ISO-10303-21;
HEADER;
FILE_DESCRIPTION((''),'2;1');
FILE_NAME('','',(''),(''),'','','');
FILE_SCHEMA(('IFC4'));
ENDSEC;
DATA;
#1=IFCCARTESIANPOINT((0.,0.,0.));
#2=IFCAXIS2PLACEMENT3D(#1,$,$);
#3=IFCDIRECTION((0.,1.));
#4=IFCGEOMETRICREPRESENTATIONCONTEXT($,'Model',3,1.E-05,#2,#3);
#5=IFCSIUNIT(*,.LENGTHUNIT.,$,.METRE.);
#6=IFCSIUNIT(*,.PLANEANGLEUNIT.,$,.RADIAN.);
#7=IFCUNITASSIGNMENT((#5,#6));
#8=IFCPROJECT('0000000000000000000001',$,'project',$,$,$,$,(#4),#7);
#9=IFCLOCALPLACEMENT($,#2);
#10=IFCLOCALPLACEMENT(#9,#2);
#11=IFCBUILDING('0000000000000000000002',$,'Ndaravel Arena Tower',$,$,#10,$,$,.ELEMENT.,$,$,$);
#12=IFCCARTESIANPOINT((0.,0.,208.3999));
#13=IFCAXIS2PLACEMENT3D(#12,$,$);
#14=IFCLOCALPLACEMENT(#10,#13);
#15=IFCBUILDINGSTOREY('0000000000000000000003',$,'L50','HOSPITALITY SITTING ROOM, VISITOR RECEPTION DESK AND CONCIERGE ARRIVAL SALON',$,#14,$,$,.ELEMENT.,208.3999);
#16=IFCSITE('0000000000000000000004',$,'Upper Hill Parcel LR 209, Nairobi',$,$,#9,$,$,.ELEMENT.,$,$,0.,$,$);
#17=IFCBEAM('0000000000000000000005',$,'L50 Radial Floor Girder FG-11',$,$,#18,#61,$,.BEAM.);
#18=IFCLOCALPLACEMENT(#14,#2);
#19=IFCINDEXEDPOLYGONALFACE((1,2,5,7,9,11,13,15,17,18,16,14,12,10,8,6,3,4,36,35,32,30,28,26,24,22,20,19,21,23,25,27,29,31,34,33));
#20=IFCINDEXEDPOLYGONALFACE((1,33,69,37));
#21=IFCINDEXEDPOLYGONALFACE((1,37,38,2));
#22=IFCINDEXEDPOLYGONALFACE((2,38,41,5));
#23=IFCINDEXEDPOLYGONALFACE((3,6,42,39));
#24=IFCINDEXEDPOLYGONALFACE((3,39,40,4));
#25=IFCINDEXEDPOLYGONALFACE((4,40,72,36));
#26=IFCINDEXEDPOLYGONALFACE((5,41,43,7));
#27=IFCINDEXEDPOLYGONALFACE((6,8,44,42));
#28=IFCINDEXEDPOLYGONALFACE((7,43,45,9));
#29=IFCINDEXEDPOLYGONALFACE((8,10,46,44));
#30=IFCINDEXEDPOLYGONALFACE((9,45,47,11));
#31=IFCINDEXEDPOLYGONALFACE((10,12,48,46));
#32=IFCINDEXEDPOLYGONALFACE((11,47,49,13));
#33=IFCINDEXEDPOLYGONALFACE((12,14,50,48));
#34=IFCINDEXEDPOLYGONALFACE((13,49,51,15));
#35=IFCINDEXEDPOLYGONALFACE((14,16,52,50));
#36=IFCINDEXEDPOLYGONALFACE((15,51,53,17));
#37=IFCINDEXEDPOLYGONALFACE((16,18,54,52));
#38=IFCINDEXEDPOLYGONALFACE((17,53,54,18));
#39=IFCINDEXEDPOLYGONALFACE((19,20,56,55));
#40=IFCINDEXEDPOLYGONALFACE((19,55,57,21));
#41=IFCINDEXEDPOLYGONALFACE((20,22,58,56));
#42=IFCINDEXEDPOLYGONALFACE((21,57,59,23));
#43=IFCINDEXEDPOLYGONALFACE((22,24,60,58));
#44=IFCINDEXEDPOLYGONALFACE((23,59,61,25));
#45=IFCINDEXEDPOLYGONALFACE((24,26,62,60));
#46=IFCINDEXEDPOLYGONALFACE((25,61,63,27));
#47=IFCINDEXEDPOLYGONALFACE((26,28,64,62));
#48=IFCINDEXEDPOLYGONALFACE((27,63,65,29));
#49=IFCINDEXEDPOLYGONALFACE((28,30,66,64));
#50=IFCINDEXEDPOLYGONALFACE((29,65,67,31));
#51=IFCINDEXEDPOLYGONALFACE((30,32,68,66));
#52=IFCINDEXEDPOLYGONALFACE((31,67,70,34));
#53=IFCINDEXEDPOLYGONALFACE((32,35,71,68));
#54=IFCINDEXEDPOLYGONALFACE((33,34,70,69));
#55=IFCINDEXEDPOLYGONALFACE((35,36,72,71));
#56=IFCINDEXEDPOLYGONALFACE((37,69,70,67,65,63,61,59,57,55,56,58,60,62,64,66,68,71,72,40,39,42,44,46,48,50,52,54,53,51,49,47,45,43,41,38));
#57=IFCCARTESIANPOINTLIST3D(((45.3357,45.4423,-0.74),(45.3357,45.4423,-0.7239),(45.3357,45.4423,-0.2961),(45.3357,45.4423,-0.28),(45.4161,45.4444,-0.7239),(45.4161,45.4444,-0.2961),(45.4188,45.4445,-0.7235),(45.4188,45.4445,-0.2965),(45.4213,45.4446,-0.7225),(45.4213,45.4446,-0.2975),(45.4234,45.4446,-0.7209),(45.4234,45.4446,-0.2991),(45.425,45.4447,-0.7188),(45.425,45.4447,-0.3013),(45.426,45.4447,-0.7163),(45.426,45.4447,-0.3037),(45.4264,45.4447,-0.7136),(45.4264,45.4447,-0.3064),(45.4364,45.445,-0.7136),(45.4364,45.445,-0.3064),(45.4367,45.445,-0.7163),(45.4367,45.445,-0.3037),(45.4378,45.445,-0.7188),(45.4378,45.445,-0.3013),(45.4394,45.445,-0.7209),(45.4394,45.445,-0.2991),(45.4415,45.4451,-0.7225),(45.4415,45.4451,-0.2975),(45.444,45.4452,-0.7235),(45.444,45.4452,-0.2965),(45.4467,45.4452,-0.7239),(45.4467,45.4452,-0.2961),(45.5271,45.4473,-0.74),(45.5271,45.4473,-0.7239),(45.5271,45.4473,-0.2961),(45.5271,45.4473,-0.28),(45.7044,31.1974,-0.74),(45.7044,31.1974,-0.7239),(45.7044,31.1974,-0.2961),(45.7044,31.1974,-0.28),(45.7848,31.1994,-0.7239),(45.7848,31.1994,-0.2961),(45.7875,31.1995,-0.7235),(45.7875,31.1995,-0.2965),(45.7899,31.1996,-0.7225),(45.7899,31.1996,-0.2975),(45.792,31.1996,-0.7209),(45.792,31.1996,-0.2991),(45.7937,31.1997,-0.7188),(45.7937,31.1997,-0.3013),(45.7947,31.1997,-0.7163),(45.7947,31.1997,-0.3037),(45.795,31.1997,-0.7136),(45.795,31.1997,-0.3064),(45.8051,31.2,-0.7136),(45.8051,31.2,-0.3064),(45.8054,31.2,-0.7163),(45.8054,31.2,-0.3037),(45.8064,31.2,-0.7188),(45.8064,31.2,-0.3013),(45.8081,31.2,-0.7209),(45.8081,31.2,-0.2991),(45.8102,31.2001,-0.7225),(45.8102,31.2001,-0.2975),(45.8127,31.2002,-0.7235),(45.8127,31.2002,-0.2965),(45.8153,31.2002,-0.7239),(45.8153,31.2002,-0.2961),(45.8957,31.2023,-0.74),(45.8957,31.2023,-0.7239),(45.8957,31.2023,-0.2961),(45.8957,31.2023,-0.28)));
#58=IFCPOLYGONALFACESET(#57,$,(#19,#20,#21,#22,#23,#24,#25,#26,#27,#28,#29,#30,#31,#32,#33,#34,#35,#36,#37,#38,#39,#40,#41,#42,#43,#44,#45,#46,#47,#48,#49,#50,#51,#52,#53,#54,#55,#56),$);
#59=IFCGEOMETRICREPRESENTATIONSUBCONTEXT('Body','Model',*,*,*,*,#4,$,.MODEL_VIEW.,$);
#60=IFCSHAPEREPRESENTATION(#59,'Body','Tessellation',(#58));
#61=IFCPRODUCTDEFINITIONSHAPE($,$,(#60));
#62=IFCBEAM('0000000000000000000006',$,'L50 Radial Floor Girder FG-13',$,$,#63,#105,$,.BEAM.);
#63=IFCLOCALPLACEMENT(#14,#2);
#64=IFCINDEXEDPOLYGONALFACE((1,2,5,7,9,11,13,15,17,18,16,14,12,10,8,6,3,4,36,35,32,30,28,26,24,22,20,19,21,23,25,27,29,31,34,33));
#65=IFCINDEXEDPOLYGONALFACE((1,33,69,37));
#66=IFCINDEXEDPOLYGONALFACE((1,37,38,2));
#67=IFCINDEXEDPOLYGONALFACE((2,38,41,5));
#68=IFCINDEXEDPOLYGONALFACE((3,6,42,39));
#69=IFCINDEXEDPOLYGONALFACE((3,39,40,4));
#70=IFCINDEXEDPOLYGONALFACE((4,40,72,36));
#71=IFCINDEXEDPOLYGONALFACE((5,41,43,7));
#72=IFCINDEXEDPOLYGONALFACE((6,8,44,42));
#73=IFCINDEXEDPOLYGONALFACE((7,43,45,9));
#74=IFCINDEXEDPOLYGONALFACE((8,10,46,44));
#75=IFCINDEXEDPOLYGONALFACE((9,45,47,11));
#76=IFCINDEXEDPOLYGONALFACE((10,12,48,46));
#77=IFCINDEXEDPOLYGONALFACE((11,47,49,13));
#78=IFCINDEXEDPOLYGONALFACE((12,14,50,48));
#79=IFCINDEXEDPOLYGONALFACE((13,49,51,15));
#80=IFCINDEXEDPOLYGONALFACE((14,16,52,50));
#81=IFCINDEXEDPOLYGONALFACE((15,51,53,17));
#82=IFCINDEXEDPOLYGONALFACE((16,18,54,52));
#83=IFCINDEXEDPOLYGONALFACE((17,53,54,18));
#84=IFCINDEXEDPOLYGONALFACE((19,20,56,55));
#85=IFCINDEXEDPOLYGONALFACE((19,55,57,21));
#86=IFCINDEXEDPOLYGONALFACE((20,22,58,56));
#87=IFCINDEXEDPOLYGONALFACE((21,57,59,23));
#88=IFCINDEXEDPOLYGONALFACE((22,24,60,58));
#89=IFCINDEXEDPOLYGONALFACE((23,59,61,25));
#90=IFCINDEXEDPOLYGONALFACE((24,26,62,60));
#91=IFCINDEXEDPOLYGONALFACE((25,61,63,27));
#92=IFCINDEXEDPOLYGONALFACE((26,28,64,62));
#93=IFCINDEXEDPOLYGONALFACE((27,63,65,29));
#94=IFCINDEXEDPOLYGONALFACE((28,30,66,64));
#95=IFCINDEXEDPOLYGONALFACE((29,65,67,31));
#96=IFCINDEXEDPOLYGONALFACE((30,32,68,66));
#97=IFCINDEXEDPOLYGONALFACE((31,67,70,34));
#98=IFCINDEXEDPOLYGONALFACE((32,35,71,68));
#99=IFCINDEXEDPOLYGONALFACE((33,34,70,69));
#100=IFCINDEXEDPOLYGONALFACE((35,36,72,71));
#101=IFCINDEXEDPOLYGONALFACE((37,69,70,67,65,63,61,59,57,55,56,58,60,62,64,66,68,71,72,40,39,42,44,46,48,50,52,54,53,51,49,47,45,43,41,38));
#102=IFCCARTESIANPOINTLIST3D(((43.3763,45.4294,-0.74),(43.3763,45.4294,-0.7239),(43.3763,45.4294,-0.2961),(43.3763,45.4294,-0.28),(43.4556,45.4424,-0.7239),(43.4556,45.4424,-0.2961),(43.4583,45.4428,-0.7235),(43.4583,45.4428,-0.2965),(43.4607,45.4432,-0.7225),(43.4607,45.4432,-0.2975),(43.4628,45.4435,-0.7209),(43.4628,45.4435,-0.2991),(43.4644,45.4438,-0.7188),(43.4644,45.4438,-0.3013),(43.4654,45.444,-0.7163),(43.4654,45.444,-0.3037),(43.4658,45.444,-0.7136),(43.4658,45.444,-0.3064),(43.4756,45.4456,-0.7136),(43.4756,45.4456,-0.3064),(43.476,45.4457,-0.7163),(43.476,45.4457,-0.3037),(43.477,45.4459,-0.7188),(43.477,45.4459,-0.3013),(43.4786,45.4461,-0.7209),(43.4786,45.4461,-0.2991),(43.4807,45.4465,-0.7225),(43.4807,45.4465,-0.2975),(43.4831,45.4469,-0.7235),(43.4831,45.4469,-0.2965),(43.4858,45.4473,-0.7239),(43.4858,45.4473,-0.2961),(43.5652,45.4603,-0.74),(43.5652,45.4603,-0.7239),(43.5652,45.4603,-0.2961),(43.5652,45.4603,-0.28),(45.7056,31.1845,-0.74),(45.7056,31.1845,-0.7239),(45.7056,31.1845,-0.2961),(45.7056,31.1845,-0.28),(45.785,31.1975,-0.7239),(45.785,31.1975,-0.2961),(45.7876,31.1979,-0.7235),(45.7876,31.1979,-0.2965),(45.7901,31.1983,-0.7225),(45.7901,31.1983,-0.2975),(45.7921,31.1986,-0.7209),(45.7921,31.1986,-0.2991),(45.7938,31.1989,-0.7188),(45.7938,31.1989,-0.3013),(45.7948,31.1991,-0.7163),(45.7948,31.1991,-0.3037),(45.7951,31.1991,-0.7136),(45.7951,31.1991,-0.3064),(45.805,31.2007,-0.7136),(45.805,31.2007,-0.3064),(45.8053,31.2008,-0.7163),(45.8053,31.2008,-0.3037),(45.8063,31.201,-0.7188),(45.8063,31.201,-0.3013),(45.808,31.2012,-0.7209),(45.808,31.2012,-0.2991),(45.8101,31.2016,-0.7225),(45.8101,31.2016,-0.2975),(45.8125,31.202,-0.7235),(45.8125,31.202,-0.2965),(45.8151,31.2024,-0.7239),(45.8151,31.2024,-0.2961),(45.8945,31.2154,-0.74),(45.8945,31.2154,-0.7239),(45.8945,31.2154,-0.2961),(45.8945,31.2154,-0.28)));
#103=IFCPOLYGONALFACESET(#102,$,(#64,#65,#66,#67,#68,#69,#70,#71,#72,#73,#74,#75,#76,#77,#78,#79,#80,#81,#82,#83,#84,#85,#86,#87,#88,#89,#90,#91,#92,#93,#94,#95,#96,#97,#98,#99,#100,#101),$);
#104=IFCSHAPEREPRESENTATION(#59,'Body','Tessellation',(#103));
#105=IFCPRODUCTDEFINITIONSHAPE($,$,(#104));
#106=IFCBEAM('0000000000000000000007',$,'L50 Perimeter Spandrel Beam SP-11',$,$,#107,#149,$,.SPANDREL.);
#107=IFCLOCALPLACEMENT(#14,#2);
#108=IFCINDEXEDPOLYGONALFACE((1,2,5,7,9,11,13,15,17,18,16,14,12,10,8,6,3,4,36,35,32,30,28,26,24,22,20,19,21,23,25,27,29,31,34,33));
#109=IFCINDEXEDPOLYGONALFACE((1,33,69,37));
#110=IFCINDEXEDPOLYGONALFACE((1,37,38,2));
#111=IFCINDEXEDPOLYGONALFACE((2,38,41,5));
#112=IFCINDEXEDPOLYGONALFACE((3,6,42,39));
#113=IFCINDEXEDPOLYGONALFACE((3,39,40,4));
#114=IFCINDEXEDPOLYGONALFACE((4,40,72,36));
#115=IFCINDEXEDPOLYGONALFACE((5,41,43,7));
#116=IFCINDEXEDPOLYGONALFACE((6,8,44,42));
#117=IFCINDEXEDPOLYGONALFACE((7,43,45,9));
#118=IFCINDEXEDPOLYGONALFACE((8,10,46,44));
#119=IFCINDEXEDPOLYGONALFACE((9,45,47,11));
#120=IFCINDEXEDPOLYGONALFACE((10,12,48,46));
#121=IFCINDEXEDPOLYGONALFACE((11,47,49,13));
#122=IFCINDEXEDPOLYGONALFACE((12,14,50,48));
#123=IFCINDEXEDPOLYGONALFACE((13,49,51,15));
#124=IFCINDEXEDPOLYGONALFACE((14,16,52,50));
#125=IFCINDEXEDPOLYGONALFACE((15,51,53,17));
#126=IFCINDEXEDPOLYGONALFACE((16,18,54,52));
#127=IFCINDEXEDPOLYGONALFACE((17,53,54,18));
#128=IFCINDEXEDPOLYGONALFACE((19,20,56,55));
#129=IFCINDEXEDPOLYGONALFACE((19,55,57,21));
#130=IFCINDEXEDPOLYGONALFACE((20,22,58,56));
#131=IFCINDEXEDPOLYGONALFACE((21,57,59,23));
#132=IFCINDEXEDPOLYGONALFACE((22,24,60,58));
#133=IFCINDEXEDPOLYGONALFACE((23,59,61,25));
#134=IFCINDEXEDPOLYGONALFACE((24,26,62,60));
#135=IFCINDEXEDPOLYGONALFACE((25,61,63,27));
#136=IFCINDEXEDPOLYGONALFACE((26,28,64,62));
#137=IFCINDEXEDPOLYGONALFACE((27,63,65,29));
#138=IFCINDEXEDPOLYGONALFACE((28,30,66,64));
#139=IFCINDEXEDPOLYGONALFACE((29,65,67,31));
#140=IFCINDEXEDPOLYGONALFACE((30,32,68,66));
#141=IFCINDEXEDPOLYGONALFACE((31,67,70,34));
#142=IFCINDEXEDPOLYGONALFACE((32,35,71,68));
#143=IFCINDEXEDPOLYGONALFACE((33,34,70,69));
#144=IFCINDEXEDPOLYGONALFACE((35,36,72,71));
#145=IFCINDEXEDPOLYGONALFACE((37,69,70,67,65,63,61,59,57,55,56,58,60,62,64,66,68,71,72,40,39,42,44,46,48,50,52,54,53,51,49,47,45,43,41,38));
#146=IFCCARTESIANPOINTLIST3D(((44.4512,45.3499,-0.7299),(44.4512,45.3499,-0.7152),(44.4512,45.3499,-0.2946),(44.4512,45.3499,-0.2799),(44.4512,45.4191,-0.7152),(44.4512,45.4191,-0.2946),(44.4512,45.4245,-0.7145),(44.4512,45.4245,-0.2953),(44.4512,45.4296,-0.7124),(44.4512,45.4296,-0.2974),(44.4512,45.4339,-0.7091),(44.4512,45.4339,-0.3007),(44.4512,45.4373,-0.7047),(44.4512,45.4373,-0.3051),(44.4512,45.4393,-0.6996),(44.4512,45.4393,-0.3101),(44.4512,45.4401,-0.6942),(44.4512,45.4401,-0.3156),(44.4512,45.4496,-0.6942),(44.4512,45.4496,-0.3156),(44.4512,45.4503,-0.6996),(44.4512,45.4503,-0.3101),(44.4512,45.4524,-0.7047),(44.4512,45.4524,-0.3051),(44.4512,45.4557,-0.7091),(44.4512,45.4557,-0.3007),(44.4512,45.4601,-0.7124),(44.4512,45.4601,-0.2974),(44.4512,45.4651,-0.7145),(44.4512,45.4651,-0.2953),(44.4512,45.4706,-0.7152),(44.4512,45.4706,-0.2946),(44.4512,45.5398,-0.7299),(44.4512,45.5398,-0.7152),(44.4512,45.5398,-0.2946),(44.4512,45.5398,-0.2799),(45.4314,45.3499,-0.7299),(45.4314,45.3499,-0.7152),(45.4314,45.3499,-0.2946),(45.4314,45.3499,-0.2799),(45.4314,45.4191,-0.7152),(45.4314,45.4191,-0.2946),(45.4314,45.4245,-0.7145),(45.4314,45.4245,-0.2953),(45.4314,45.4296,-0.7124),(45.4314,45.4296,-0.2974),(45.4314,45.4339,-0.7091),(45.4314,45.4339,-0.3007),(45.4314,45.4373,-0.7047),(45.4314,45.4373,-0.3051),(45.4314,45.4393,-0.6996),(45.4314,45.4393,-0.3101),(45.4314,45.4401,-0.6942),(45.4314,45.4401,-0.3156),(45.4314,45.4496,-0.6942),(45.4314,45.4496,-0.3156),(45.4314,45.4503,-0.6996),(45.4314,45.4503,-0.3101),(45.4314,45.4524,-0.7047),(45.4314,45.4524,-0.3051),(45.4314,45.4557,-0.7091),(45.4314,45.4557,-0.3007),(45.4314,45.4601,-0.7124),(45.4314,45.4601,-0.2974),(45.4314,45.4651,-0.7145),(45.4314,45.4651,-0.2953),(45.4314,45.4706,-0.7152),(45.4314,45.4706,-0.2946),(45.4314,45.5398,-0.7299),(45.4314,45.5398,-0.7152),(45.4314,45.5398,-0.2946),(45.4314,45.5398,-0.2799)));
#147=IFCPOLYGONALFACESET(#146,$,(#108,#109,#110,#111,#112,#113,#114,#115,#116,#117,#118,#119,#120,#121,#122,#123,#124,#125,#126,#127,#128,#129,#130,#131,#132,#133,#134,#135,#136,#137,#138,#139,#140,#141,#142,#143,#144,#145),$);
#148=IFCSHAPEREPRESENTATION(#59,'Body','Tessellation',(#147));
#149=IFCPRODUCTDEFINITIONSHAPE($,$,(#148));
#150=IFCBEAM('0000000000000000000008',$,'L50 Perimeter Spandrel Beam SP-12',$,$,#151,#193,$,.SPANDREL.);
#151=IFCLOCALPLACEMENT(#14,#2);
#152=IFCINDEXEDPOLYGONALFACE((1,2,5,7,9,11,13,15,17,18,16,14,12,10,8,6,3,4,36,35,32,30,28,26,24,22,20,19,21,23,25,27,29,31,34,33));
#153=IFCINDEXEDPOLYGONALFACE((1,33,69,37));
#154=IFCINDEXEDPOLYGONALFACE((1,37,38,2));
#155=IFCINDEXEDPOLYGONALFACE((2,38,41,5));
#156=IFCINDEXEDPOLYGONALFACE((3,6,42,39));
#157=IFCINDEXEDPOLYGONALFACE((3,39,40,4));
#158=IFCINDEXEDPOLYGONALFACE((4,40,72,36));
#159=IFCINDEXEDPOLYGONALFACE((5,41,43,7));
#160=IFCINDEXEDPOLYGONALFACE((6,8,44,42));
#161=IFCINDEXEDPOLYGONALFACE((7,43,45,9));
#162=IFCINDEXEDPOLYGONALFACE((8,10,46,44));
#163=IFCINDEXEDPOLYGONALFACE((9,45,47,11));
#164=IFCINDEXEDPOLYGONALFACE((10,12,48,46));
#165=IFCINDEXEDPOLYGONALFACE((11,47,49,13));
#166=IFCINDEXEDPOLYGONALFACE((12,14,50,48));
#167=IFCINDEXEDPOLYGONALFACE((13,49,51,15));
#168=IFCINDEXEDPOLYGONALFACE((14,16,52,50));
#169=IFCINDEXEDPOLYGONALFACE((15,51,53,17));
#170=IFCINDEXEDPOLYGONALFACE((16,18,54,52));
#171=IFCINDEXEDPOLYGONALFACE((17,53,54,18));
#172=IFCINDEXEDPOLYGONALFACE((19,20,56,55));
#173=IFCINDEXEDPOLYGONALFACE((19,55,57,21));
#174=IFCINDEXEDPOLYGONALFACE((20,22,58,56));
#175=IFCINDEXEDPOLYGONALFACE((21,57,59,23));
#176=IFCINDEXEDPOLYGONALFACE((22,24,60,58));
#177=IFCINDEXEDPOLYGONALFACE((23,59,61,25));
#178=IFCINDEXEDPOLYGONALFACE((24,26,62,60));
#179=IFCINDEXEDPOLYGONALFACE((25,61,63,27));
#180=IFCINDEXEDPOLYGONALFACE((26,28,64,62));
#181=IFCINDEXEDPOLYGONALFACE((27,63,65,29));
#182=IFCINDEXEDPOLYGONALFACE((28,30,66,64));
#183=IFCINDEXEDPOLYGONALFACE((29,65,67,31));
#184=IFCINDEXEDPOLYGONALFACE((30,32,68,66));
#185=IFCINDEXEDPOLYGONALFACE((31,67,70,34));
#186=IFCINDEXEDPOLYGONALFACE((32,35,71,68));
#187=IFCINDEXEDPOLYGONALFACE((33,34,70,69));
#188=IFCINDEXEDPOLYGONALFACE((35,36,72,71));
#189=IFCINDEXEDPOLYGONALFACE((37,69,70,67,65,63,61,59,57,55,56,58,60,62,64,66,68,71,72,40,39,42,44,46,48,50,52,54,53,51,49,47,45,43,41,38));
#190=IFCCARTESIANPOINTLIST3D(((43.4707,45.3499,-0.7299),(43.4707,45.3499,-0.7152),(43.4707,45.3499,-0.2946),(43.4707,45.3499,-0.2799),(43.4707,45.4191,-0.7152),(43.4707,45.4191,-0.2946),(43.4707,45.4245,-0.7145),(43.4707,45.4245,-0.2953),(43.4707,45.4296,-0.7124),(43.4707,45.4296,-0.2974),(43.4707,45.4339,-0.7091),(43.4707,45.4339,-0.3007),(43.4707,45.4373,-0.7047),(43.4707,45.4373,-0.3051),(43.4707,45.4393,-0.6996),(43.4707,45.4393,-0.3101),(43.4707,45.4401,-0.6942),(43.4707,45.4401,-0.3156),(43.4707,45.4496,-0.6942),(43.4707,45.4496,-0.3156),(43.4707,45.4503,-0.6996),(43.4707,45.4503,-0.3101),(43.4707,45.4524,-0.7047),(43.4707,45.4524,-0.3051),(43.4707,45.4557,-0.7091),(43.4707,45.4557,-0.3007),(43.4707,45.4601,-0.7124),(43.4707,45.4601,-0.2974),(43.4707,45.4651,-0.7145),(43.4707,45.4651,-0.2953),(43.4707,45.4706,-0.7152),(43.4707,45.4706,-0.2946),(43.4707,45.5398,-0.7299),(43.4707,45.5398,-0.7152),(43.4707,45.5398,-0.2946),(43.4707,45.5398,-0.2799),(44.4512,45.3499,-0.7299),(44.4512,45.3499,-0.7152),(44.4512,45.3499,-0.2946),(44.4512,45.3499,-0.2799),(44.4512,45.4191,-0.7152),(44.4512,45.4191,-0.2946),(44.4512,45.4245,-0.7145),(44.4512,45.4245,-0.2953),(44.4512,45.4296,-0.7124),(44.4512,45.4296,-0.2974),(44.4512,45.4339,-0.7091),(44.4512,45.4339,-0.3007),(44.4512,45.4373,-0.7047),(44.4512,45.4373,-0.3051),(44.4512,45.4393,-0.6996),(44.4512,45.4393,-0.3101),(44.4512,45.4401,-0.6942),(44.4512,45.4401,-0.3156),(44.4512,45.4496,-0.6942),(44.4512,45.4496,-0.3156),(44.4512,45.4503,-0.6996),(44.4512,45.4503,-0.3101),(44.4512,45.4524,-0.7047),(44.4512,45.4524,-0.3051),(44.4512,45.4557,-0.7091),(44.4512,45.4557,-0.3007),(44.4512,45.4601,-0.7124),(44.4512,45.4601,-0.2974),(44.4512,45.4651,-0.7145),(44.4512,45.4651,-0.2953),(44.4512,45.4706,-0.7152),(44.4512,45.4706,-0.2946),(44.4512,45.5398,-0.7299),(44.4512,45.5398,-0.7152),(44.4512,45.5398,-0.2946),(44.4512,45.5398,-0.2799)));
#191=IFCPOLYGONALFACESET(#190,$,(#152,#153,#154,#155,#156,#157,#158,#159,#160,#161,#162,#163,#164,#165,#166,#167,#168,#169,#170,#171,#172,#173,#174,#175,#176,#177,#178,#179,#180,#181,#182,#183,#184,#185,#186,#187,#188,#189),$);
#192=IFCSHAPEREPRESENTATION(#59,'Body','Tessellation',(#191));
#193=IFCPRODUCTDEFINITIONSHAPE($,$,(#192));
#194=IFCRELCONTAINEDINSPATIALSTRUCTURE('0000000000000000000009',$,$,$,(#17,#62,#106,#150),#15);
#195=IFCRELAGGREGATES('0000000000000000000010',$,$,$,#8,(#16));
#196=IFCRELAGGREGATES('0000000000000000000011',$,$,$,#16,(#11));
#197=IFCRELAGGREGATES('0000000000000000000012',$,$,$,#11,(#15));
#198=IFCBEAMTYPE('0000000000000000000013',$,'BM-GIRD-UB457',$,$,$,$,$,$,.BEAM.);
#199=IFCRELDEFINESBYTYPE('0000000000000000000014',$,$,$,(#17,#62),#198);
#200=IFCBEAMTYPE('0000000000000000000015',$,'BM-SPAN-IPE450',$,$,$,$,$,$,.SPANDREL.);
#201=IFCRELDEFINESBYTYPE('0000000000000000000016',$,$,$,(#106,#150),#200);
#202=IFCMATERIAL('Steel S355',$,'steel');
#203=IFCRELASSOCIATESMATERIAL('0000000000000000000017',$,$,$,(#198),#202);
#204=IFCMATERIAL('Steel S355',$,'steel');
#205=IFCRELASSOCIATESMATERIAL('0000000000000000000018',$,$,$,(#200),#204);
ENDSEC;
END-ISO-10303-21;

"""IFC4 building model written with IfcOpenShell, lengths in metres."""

from ifc_helpers import new_model, si_unit, direction, frame, origin, origin_2d, place, context, subcontext, project, spatial, i_section, extrude, material, material_profile, profile_set, type_object, element, save


model = new_model("IFC4")

# Units and contexts
model_context = context("Model", 3, precision=1e-05, world=origin(), true_north=direction((0.0, 1.0)))
body_context = subcontext(model_context, "Body", "Model", "MODEL_VIEW")
ifc_project = project(units=[si_unit("LENGTHUNIT", "METRE"), si_unit("PLANEANGLEUNIT", "RADIAN")], contexts=[model_context])

# Site, building, storey
site_placement = place(None, origin())
site = spatial("IfcSite", under=ifc_project, at=site_placement, Name="Upper Hill Parcel LR 209, Nairobi", CompositionType="ELEMENT", RefElevation=0.0)
building_placement = place(site_placement, origin())
building = spatial("IfcBuilding", under=site, at=building_placement, Name="Ndaravel Arena Tower", CompositionType="ELEMENT")
storey_placement = place(building_placement, frame((0.0, 0.0, 208.3999)))
storey = spatial("IfcBuildingStorey", under=building, at=storey_placement, Name="L50", Description="HOSPITALITY SITTING ROOM, VISITOR RECEPTION DESK AND CONCIERGE ARRIVAL SALON", CompositionType="ELEMENT", Elevation=208.3999)

# Beams
ifc_material_1 = material(Name="Steel S355", Category="steel")
ifc_material_profile_1 = material_profile(ifc_material_1, i_section(OverallWidth=0.1914, OverallDepth=0.46, WebThickness=0.01, FlangeThickness=0.0161, FilletRadius=0.0103, at=origin_2d()), Name="UB 457x191x82")
ifc_profile_set_1 = profile_set([ifc_material_profile_1], Name="Steel S355")
beam_type_1 = type_object("IfcBeamType", Name="BM-GIRD-UB457", PredefinedType="BEAM", material=ifc_profile_set_1)
beam_1_placement = place(storey_placement, frame((45.4314, 45.4448, -0.51), z_axis=(0.025871, -0.999665, 0.0), x_axis=(0.999665, 0.025871, 0.0)))
element("IfcBeam", 1, at=beam_1_placement, inside=storey, type_object=beam_type_1, Name="L50 Radial Floor Girder FG-11", PredefinedType="BEAM", context=body_context, shape_type="SweptSolid", body=[
    extrude(i_section(OverallWidth=0.1914, OverallDepth=0.46, WebThickness=0.01, FlangeThickness=0.0161, FilletRadius=0.0103, at=origin_2d()), origin(), (0.0, 0.0, 1.0), 14.2498),
])
beam_2_placement = place(storey_placement, frame((43.4707, 45.4448, -0.51), z_axis=(0.161378, -0.986893, 0.0), x_axis=(0.986893, 0.161378, 0.0)))
element("IfcBeam", 2, at=beam_2_placement, inside=storey, type_object=beam_type_1, Name="L50 Radial Floor Girder FG-13", PredefinedType="BEAM", context=body_context, shape_type="SweptSolid", body=[
    extrude(i_section(OverallWidth=0.1914, OverallDepth=0.46, WebThickness=0.01, FlangeThickness=0.0161, FilletRadius=0.0103, at=origin_2d()), origin(), (0.0, 0.0, 1.0), 14.4341),
])
ifc_material_2 = material(Name="Steel S355", Category="steel")
ifc_material_profile_2 = material_profile(ifc_material_2, i_section(OverallWidth=0.1899, OverallDepth=0.45, WebThickness=0.0095, FlangeThickness=0.0146, FilletRadius=0.021, at=origin_2d()), Name="IPE 450")
ifc_profile_set_2 = profile_set([ifc_material_profile_2], Name="Steel S355")
beam_type_2 = type_object("IfcBeamType", Name="BM-SPAN-IPE450", PredefinedType="SPANDREL", material=ifc_profile_set_2)
beam_3_placement = place(storey_placement, frame((45.4314, 45.4448, -0.5049), z_axis=(-1.0, 0.0, 0.0), x_axis=(0.0, -1.0, 0.0)))
element("IfcBeam", 3, at=beam_3_placement, inside=storey, type_object=beam_type_2, Name="L50 Perimeter Spandrel Beam SP-11", PredefinedType="SPANDREL", context=body_context, shape_type="SweptSolid", body=[
    extrude(i_section(OverallWidth=0.1899, OverallDepth=0.45, WebThickness=0.0095, FlangeThickness=0.0146, FilletRadius=0.021, at=origin_2d()), origin(), (0.0, 0.0, 1.0), 0.9802),
])
for number, where, z_axis, x_axis, name in (
    (4, (44.4512, 45.4448, -0.5049), (-1.0, 0.0, 0.0), (0.0, -1.0, 0.0), "L50 Perimeter Spandrel Beam SP-12"),
):
    element("IfcBeam", number, at=place(storey_placement, frame(where, z_axis=z_axis, x_axis=x_axis)), inside=storey, type_object=beam_type_2, Name=name, PredefinedType="SPANDREL", context=body_context, shape_type="SweptSolid", body=[
        extrude(i_section(OverallWidth=0.1899, OverallDepth=0.45, WebThickness=0.0095, FlangeThickness=0.0146, FilletRadius=0.021, at=origin_2d()), origin(), (0.0, 0.0, 1.0), 0.9805),
    ])

save(model, "model.ifc")
